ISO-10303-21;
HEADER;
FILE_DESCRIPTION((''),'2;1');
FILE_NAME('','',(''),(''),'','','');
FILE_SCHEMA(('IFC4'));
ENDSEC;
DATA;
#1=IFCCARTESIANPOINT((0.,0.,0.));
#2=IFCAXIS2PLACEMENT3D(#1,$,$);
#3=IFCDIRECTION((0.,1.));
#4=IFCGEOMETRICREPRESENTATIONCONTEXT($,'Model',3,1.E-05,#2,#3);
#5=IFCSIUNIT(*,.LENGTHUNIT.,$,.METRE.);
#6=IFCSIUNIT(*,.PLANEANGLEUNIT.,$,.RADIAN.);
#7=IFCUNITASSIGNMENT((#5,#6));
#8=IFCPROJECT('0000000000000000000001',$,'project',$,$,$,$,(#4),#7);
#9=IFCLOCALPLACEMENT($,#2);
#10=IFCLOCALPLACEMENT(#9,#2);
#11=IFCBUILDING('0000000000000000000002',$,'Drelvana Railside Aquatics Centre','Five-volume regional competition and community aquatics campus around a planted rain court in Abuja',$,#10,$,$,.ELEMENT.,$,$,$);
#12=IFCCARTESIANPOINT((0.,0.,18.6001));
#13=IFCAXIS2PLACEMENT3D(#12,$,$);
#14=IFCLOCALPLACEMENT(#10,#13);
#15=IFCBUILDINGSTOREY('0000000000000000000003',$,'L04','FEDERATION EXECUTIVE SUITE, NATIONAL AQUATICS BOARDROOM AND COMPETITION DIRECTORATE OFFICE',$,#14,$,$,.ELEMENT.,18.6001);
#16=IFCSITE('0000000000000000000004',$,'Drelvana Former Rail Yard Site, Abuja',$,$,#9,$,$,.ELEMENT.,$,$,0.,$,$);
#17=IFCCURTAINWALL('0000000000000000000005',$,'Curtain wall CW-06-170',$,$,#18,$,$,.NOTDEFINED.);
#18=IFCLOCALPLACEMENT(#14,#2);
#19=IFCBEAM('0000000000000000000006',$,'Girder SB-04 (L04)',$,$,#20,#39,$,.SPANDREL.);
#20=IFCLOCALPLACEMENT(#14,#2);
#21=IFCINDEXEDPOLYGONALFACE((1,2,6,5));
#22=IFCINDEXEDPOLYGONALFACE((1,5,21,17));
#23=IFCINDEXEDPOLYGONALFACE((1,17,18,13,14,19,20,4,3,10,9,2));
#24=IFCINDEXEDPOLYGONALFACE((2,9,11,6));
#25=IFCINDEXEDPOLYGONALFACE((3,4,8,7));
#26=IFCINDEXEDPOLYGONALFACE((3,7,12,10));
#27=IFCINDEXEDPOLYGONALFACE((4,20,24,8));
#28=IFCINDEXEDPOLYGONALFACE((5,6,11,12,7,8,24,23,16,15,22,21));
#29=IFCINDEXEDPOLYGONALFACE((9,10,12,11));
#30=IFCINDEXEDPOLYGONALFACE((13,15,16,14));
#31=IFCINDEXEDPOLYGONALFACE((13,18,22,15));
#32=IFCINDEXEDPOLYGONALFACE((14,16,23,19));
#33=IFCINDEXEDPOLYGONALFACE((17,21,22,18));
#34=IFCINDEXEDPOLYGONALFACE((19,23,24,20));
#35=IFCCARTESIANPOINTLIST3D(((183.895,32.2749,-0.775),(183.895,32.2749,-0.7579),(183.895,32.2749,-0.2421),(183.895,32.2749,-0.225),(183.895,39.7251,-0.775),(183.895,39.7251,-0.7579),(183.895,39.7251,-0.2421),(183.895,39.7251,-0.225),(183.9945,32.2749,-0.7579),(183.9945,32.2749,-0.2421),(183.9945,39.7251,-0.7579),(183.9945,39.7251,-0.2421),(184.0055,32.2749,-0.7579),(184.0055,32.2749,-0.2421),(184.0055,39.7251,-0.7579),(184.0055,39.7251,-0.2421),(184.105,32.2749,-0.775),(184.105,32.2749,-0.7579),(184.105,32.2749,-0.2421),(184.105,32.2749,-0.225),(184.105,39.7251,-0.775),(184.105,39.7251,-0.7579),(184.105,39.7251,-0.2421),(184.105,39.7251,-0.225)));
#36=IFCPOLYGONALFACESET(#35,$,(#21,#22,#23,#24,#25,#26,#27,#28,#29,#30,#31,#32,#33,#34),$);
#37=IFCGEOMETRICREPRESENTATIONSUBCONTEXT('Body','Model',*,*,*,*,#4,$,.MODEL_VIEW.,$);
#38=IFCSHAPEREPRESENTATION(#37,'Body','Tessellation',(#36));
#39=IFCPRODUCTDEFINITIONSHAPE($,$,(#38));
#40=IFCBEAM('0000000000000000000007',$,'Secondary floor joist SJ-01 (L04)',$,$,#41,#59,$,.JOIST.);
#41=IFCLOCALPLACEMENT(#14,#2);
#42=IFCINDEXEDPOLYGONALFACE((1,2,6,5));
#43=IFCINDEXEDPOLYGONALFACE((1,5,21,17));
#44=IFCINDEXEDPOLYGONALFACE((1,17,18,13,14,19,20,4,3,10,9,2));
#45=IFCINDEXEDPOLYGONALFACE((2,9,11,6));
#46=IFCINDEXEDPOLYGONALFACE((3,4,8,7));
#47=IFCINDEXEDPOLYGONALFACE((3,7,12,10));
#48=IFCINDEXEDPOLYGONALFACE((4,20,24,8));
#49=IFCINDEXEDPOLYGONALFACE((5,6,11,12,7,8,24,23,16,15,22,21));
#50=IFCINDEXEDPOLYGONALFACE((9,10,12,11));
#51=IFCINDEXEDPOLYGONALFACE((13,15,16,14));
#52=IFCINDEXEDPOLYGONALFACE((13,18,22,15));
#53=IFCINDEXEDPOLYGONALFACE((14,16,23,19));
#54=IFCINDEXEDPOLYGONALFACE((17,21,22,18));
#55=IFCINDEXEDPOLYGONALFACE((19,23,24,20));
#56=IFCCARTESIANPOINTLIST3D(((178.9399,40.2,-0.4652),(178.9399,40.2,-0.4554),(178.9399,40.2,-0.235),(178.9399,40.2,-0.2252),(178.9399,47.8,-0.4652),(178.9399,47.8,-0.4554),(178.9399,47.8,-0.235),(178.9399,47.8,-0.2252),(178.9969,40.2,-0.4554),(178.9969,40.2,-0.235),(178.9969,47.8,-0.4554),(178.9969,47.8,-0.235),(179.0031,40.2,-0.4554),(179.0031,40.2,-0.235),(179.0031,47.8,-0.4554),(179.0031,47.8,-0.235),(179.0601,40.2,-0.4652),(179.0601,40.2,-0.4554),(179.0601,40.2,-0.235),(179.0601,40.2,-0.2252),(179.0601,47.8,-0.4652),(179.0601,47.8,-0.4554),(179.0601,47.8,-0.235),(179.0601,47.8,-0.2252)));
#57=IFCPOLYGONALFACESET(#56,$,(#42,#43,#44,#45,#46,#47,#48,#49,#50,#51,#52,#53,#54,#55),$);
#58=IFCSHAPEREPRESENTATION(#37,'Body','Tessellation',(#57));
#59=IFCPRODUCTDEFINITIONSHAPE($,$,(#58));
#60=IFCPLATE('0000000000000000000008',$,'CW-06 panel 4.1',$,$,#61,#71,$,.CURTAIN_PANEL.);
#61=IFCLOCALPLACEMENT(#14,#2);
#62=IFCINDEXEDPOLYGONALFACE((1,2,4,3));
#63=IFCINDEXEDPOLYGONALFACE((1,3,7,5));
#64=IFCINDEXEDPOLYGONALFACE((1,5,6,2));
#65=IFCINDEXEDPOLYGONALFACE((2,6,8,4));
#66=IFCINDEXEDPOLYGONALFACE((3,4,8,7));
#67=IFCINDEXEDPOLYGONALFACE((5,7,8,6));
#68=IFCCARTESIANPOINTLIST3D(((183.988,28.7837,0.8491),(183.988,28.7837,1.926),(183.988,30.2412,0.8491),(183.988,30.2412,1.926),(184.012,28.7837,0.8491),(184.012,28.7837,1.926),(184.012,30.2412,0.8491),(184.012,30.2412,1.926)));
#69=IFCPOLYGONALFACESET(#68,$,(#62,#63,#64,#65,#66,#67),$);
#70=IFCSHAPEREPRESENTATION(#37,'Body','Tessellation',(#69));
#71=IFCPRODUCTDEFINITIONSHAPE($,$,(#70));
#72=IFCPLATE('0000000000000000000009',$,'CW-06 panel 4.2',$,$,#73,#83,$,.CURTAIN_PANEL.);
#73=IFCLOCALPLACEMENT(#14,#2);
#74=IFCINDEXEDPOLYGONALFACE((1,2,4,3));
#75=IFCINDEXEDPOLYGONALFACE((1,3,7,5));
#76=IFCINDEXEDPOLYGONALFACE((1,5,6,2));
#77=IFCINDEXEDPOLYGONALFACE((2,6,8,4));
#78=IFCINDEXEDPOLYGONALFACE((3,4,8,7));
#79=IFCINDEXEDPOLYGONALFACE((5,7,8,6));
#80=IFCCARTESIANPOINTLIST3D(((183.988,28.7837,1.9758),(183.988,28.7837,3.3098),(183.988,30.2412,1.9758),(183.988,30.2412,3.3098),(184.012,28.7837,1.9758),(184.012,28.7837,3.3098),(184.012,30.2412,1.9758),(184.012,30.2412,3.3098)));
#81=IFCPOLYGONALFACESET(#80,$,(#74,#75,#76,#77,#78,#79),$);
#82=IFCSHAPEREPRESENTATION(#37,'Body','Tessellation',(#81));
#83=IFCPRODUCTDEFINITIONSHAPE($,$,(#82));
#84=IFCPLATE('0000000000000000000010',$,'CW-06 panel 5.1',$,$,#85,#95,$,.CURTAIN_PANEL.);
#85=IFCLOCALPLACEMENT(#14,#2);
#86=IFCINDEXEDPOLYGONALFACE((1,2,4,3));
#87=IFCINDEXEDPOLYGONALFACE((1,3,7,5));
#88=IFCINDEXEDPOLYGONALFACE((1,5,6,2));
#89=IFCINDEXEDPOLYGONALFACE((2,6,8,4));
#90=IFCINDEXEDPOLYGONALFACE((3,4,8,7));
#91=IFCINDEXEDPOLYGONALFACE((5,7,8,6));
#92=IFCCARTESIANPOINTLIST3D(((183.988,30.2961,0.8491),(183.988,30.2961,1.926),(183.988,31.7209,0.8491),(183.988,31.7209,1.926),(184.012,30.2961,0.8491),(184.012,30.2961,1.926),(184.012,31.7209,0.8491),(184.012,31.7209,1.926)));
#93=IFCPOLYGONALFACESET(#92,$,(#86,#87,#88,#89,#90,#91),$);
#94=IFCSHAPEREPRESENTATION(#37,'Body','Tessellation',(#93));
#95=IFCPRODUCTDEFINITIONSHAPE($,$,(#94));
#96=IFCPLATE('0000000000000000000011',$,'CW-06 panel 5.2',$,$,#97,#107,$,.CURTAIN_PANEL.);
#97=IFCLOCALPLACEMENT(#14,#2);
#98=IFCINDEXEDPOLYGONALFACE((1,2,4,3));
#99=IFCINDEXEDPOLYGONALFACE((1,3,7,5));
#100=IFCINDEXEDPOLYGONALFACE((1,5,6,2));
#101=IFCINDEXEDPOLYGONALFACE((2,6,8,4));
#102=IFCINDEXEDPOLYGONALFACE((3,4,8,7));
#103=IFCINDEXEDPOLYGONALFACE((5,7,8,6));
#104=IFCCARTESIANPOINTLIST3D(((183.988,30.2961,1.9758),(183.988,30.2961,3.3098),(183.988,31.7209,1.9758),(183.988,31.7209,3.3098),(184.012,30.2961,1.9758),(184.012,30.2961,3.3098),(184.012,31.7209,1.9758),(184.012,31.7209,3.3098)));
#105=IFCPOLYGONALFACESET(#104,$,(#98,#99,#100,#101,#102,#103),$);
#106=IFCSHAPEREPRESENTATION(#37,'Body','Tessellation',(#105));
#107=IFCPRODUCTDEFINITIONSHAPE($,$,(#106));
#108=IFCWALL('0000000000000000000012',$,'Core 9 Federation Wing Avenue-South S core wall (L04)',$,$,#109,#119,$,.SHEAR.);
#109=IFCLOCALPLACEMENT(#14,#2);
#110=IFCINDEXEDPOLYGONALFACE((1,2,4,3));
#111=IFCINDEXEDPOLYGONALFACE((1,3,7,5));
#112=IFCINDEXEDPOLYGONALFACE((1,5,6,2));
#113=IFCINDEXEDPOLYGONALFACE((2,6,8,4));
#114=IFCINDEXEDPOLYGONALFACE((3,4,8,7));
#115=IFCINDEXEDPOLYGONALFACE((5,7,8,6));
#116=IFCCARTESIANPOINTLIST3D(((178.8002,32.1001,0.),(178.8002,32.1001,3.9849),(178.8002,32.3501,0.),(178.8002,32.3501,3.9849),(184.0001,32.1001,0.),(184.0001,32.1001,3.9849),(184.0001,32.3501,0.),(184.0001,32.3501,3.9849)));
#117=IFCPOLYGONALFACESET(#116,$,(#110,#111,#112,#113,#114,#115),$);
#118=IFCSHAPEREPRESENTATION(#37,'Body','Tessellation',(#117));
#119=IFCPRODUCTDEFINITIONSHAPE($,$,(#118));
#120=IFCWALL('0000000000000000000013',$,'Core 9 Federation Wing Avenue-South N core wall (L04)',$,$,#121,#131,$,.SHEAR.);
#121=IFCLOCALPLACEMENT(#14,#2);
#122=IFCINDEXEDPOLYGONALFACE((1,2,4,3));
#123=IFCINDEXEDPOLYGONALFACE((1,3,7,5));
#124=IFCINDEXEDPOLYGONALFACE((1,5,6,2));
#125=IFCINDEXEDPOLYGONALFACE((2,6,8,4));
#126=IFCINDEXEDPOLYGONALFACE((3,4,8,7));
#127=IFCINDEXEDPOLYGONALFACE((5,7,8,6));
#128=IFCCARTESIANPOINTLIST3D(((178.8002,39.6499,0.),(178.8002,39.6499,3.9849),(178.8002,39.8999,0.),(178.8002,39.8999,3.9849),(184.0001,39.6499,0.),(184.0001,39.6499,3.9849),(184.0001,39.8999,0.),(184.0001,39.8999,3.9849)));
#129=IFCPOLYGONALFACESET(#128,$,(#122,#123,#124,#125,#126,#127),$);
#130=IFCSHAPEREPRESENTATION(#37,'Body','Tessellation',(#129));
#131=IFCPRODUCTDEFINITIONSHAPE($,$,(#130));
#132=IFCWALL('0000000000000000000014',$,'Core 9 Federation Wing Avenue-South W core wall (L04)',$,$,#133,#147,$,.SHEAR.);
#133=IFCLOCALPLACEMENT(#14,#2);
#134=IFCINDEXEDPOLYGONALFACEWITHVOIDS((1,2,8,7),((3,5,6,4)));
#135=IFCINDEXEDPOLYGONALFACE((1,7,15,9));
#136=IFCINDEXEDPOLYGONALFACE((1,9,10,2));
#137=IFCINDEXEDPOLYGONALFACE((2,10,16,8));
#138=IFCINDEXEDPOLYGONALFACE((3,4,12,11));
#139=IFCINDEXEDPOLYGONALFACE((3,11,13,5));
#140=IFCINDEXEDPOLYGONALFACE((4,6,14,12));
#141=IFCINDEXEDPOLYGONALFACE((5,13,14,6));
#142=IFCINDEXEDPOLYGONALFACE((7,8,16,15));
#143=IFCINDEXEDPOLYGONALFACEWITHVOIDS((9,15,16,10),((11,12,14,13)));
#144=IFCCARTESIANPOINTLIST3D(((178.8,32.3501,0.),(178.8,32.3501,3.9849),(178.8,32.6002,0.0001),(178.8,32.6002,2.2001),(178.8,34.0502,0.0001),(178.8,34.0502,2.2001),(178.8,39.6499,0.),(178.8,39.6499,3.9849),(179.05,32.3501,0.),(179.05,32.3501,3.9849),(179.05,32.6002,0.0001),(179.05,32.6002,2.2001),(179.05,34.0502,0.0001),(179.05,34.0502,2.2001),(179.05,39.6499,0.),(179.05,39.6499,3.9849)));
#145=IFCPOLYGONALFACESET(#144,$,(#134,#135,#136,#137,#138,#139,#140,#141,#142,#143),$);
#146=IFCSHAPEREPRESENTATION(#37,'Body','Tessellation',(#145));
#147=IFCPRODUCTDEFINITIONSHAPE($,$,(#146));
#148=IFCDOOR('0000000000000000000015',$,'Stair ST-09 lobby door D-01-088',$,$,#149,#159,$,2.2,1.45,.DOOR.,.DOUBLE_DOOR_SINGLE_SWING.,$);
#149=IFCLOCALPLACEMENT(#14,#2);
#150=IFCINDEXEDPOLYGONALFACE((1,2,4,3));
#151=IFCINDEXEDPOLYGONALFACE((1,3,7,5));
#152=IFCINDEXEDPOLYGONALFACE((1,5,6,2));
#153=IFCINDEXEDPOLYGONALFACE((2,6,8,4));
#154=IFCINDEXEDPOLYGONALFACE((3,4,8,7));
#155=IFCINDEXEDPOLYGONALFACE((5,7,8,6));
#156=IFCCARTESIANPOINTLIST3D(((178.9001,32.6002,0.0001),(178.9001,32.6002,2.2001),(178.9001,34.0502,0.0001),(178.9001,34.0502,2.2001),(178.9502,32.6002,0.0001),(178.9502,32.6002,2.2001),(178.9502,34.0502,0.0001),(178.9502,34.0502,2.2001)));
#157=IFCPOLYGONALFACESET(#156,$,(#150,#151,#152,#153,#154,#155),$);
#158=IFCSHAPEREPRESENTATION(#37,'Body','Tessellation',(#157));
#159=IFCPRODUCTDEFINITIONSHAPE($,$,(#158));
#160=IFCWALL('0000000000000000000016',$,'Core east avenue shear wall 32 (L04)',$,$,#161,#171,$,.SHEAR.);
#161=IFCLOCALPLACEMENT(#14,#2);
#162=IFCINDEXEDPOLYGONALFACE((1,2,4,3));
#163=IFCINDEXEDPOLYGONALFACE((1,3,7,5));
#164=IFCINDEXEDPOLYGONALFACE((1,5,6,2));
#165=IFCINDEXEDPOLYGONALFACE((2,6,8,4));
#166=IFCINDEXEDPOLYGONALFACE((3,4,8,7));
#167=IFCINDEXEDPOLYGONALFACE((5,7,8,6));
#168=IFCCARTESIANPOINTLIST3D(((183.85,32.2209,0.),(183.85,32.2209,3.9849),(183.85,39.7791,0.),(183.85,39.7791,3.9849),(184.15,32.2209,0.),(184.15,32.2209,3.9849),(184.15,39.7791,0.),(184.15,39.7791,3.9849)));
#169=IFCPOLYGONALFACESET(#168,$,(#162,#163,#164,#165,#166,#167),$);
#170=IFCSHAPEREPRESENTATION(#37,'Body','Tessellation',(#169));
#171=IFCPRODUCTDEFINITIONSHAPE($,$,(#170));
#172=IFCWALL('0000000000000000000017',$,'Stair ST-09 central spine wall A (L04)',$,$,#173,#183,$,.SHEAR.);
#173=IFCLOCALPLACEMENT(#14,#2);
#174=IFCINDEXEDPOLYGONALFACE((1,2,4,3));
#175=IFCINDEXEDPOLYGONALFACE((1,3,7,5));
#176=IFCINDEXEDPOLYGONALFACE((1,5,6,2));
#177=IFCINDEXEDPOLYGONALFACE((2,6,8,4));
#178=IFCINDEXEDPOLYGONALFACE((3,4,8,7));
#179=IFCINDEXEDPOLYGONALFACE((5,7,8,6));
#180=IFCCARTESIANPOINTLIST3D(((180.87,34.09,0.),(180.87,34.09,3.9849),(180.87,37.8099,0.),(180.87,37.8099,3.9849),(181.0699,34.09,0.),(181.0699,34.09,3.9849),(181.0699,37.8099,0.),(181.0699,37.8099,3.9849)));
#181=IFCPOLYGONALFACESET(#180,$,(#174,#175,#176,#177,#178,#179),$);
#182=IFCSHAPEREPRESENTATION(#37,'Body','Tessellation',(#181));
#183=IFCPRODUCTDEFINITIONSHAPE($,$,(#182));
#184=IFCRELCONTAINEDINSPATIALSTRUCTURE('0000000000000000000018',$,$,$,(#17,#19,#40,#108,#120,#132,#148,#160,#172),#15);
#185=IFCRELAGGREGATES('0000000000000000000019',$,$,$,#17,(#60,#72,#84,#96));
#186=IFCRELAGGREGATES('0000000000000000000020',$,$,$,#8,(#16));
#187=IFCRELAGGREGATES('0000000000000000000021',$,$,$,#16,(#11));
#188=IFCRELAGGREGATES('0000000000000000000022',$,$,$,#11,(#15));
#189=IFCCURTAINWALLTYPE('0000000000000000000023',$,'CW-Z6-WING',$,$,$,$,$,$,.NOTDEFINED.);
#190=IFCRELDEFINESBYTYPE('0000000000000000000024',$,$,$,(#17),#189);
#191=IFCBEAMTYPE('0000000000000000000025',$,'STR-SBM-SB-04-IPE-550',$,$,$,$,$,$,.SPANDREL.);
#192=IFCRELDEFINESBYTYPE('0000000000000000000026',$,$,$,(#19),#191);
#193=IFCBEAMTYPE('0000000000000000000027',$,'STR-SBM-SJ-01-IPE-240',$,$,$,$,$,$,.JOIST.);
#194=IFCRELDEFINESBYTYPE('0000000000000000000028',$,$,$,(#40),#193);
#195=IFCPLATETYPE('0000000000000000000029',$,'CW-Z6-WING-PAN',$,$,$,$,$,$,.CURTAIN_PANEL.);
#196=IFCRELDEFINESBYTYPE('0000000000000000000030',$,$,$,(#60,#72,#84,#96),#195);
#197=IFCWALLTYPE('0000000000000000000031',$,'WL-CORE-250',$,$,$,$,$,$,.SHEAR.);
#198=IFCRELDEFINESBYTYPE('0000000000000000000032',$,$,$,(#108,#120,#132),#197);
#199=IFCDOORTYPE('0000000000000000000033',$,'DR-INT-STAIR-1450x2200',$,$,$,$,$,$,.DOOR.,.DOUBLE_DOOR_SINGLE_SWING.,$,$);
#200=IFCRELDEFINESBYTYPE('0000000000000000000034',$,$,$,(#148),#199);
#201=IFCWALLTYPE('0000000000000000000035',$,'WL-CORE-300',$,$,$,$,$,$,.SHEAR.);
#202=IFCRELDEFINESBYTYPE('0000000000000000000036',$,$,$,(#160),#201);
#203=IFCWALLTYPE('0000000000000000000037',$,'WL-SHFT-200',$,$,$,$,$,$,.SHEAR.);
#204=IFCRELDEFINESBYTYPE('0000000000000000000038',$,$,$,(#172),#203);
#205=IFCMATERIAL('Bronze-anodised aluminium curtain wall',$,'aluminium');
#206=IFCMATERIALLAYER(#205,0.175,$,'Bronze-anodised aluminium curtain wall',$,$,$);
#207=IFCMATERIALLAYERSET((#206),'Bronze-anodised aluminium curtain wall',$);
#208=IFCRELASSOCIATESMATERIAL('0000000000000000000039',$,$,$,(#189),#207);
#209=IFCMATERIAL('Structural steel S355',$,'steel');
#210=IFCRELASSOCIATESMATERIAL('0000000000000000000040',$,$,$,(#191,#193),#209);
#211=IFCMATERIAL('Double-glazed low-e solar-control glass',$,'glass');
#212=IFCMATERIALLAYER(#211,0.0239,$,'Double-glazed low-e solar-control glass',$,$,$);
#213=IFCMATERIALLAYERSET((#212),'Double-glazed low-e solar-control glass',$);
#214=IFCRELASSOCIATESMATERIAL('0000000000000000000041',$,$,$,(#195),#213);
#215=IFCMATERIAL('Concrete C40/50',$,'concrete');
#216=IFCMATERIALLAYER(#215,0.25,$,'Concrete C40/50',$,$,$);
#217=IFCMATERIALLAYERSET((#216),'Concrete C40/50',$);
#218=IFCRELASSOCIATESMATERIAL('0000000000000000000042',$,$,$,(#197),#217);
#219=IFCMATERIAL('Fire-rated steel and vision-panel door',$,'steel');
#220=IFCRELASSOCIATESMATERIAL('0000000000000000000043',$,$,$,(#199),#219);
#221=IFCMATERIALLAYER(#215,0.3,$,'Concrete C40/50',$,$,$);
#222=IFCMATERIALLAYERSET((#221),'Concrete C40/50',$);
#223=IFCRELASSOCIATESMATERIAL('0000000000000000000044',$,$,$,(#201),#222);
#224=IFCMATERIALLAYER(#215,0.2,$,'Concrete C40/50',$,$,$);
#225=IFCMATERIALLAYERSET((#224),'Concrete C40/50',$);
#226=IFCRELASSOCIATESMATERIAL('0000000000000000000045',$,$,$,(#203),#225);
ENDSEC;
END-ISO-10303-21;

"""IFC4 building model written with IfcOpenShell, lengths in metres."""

from ifc_helpers import new_model, si_unit, direction, frame, frame_2d, origin, origin_2d, place, context, subcontext, project, spatial, rectangle, i_section, extrude, material, layer, layer_set, material_profile, profile_set, type_object, element, fill, aggregate, save


model = new_model("IFC4")

# Units and contexts
model_context = context("Model", 3, precision=1e-05, world=origin(), true_north=direction((0.0, 1.0)))
body_context = subcontext(model_context, "Body", "Model", "MODEL_VIEW")
ifc_project = project(units=[si_unit("LENGTHUNIT", "METRE"), si_unit("PLANEANGLEUNIT", "RADIAN")], contexts=[model_context])

# Site, building, storey
site_placement = place(None, origin())
site = spatial("IfcSite", under=ifc_project, at=site_placement, Name="Drelvana Former Rail Yard Site, Abuja", CompositionType="ELEMENT", RefElevation=0.0)
building_placement = place(site_placement, origin())
building = spatial("IfcBuilding", under=site, at=building_placement, Name="Drelvana Railside Aquatics Centre", Description="Five-volume regional competition and community aquatics campus around a planted rain court in Abuja", CompositionType="ELEMENT")
storey_placement = place(building_placement, frame((0.0, 0.0, 18.6001)))
storey = spatial("IfcBuildingStorey", under=building, at=storey_placement, Name="L04", Description="FEDERATION EXECUTIVE SUITE, NATIONAL AQUATICS BOARDROOM AND COMPETITION DIRECTORATE OFFICE", CompositionType="ELEMENT", Elevation=18.6001)

# Shared definitions
ifc_material_1 = material(Name="Concrete C40/50", Category="concrete")

# Curtain wall
ifc_material_2 = material(Name="Bronze-anodised aluminium curtain wall", Category="aluminium")
ifc_layer_1 = layer(ifc_material_2, 0.175, Name="Bronze-anodised aluminium curtain wall")
ifc_layer_set_1 = layer_set([ifc_layer_1], Name="Bronze-anodised aluminium curtain wall")
curtain_wall_type = type_object("IfcCurtainWallType", Name="CW-Z6-WING", PredefinedType="NOTDEFINED", material=ifc_layer_set_1)
curtain_wall_placement = place(storey_placement, origin())
curtain_wall = element("IfcCurtainWall", 1, at=curtain_wall_placement, inside=storey, type_object=curtain_wall_type, Name="Curtain wall CW-06-170", PredefinedType="NOTDEFINED")

# Beams
ifc_material_3 = material(Name="Structural steel S355", Category="steel")
ifc_material_profile_1 = material_profile(ifc_material_3, i_section(OverallWidth=0.21, OverallDepth=0.55, WebThickness=0.011, FlangeThickness=0.0171, at=origin_2d()), Name="IPE 550")
ifc_profile_set_1 = profile_set([ifc_material_profile_1], Name="Structural steel S355")
beam_type_1 = type_object("IfcBeamType", Name="STR-SBM-SB-04-IPE-550", PredefinedType="SPANDREL", material=ifc_profile_set_1)
beam_1_placement = place(storey_placement, frame((184.0, 32.2749, -0.5), z_axis=(0.0, 1.0, 0.0), x_axis=(-1.0, 0.0, 0.0)))
element("IfcBeam", 2, at=beam_1_placement, inside=storey, type_object=beam_type_1, Name="Girder SB-04 (L04)", PredefinedType="SPANDREL", context=body_context, shape_type="SweptSolid", body=[
    extrude(i_section(OverallWidth=0.21, OverallDepth=0.55, WebThickness=0.011, FlangeThickness=0.0171, at=origin_2d()), origin(), (0.0, 0.0, 1.0), 7.4502),
])
ifc_material_profile_2 = material_profile(ifc_material_3, i_section(OverallWidth=0.1201, OverallDepth=0.24, WebThickness=0.0061, FlangeThickness=0.0098, at=origin_2d()), Name="IPE 240")
ifc_profile_set_2 = profile_set([ifc_material_profile_2], Name="Structural steel S355")
beam_type_2 = type_object("IfcBeamType", Name="STR-SBM-SJ-01-IPE-240", PredefinedType="JOIST", material=ifc_profile_set_2)
beam_2_placement = place(storey_placement, frame((179.0, 40.2, -0.3452), z_axis=(0.0, 1.0, 0.0), x_axis=(-1.0, 0.0, 0.0)))
element("IfcBeam", 3, at=beam_2_placement, inside=storey, type_object=beam_type_2, Name="Secondary floor joist SJ-01 (L04)", PredefinedType="JOIST", context=body_context, shape_type="SweptSolid", body=[
    extrude(i_section(OverallWidth=0.1201, OverallDepth=0.24, WebThickness=0.0061, FlangeThickness=0.0098, at=origin_2d()), origin(), (0.0, 0.0, 1.0), 7.6001),
])

# Plates
ifc_material_4 = material(Name="Double-glazed low-e solar-control glass", Category="glass")
ifc_layer_2 = layer(ifc_material_4, 0.0239, Name="Double-glazed low-e solar-control glass")
ifc_layer_set_2 = layer_set([ifc_layer_2], Name="Double-glazed low-e solar-control glass")
plate_type = type_object("IfcPlateType", Name="CW-Z6-WING-PAN", PredefinedType="CURTAIN_PANEL", material=ifc_layer_set_2)
plate_1_placement = place(storey_placement, frame((184.0, 29.5125, 0.8491), z_axis=(0.0, 0.0, 1.0), x_axis=(0.0, 1.0, 0.0)))
plate_1 = element("IfcPlate", 4, at=plate_1_placement, type_object=plate_type, Name="CW-06 panel 4.1", PredefinedType="CURTAIN_PANEL", context=body_context, shape_type="SweptSolid", body=[
    extrude(rectangle(XDim=1.4575, YDim=0.0239, at=origin_2d()), origin(), (0.0, 0.0, 1.0), 1.0769),
])
plate_2_placement = place(storey_placement, frame((184.0, 29.5125, 1.9758), z_axis=(0.0, 0.0, 1.0), x_axis=(0.0, 1.0, 0.0)))
plate_2 = element("IfcPlate", 5, at=plate_2_placement, type_object=plate_type, Name="CW-06 panel 4.2", PredefinedType="CURTAIN_PANEL", context=body_context, shape_type="SweptSolid", body=[
    extrude(rectangle(XDim=1.4575, YDim=0.0239, at=origin_2d()), origin(), (0.0, 0.0, 1.0), 1.334),
])
plate_3_placement = place(storey_placement, frame((184.0, 31.0085, 0.8491), z_axis=(0.0, 0.0, 1.0), x_axis=(0.0, 1.0, 0.0)))
plate_3 = element("IfcPlate", 6, at=plate_3_placement, type_object=plate_type, Name="CW-06 panel 5.1", PredefinedType="CURTAIN_PANEL", context=body_context, shape_type="SweptSolid", body=[
    extrude(rectangle(XDim=1.4248, YDim=0.0239, at=origin_2d()), origin(), (0.0, 0.0, 1.0), 1.0769),
])
plate_4_placement = place(storey_placement, frame((184.0, 31.0085, 1.9758), z_axis=(0.0, 0.0, 1.0), x_axis=(0.0, 1.0, 0.0)))
plate_4 = element("IfcPlate", 7, at=plate_4_placement, type_object=plate_type, Name="CW-06 panel 5.2", PredefinedType="CURTAIN_PANEL", context=body_context, shape_type="SweptSolid", body=[
    extrude(rectangle(XDim=1.4248, YDim=0.0239, at=origin_2d()), origin(), (0.0, 0.0, 1.0), 1.334),
])
aggregate(curtain_wall, [plate_1, plate_2, plate_3, plate_4])

# Walls
ifc_layer_3 = layer(ifc_material_1, 0.25, Name="Concrete C40/50")
ifc_layer_set_3 = layer_set([ifc_layer_3], Name="Concrete C40/50")
wall_type_1 = type_object("IfcWallType", Name="WL-CORE-250", PredefinedType="SHEAR", material=ifc_layer_set_3)
for number, where, z_axis, x_axis, name in (
    (8, (178.8, 32.2251, 0.0), (0.0, 0.0, 1.0), (1.0, 0.0, 0.0), "Core 9 Federation Wing Avenue-South S core wall (L04)"),
    (9, (178.8, 39.7749, 0.0), (0.0, 0.0, 1.0), (1.0, 0.0, 0.0), "Core 9 Federation Wing Avenue-South N core wall (L04)"),
):
    element("IfcWall", number, at=place(storey_placement, frame(where, z_axis=z_axis, x_axis=x_axis)), inside=storey, type_object=wall_type_1, Name=name, PredefinedType="SHEAR", context=body_context, shape_type="SweptSolid", body=[
        extrude(rectangle(XDim=5.2, YDim=0.25, at=frame_2d((2.6001, 0.0))), origin(), (0.0, 0.0, 1.0), 3.9849),
    ])

# Wall, opening, door
wall_1_placement = place(storey_placement, frame((178.925, 32.3501, 0.0), z_axis=(0.0, 0.0, 1.0), x_axis=(0.0, 1.0, 0.0)))
wall_1 = element("IfcWall", 10, at=wall_1_placement, inside=storey, type_object=wall_type_1, Name="Core 9 Federation Wing Avenue-South W core wall (L04)", PredefinedType="SHEAR", context=body_context, shape_type="SweptSolid", body=[
    extrude(rectangle(XDim=7.2998, YDim=0.25, at=frame_2d((3.6499, 0.0))), origin(), (0.0, 0.0, 1.0), 3.9849),
])
opening_placement = place(wall_1_placement, frame((0.25, 0.0, 0.0)))
opening = element("IfcOpeningElement", 11, at=opening_placement, cuts=wall_1, PredefinedType="OPENING", context=body_context, shape_type="SweptSolid", body=[
    extrude(rectangle(XDim=1.45, YDim=2.2, at=frame_2d((0.7251, 1.1001))), frame((0.0, 0.135, 0.0), z_axis=(0.0, -1.0, 0.0), x_axis=(1.0, 0.0, 0.0)), (0.0, 0.0, 1.0), 0.27),
])
ifc_material_5 = material(Name="Fire-rated steel and vision-panel door", Category="steel")
door_type = type_object("IfcDoorType", Name="DR-INT-STAIR-1450x2200", OperationType="DOUBLE_DOOR_SINGLE_SWING", PredefinedType="DOOR", material=ifc_material_5)
door_placement = place(opening_placement, origin())
door = element("IfcDoor", 12, at=door_placement, inside=storey, type_object=door_type, Name="Stair ST-09 lobby door D-01-088", OperationType="DOUBLE_DOOR_SINGLE_SWING", OverallHeight=2.2, OverallWidth=1.45, PredefinedType="DOOR", context=body_context, shape_type="SweptSolid", body=[
    extrude(rectangle(XDim=1.45, YDim=2.2, at=frame_2d((0.7251, 1.1001))), frame((0.0, 0.0249, 0.0), z_axis=(0.0, -1.0, 0.0), x_axis=(1.0, 0.0, 0.0)), (0.0, 0.0, 1.0), 0.05),
])
fill(opening, door)

# Walls
ifc_layer_4 = layer(ifc_material_1, 0.3, Name="Concrete C40/50")
ifc_layer_set_4 = layer_set([ifc_layer_4], Name="Concrete C40/50")
wall_type_2 = type_object("IfcWallType", Name="WL-CORE-300", PredefinedType="SHEAR", material=ifc_layer_set_4)
wall_2_placement = place(storey_placement, frame((184.0, 32.2209, 0.0), z_axis=(0.0, 0.0, 1.0), x_axis=(0.0, 1.0, 0.0)))
element("IfcWall", 13, at=wall_2_placement, inside=storey, type_object=wall_type_2, Name="Core east avenue shear wall 32 (L04)", PredefinedType="SHEAR", context=body_context, shape_type="SweptSolid", body=[
    extrude(rectangle(XDim=7.5581, YDim=0.3, at=frame_2d((3.7791, 0.0))), origin(), (0.0, 0.0, 1.0), 3.9849),
])
ifc_layer_5 = layer(ifc_material_1, 0.2, Name="Concrete C40/50")
ifc_layer_set_5 = layer_set([ifc_layer_5], Name="Concrete C40/50")
wall_type_3 = type_object("IfcWallType", Name="WL-SHFT-200", PredefinedType="SHEAR", material=ifc_layer_set_5)
for number, where, z_axis, x_axis, name in (
    (14, (180.97, 34.0901, 0.0), (0.0, 0.0, 1.0), (0.0, 1.0, 0.0), "Stair ST-09 central spine wall A (L04)"),
):
    element("IfcWall", number, at=place(storey_placement, frame(where, z_axis=z_axis, x_axis=x_axis)), inside=storey, type_object=wall_type_3, Name=name, PredefinedType="SHEAR", context=body_context, shape_type="SweptSolid", body=[
        extrude(rectangle(XDim=3.72, YDim=0.2, at=frame_2d((1.8599, 0.0))), origin(), (0.0, 0.0, 1.0), 3.9849),
    ])

save(model, "model.ifc")
